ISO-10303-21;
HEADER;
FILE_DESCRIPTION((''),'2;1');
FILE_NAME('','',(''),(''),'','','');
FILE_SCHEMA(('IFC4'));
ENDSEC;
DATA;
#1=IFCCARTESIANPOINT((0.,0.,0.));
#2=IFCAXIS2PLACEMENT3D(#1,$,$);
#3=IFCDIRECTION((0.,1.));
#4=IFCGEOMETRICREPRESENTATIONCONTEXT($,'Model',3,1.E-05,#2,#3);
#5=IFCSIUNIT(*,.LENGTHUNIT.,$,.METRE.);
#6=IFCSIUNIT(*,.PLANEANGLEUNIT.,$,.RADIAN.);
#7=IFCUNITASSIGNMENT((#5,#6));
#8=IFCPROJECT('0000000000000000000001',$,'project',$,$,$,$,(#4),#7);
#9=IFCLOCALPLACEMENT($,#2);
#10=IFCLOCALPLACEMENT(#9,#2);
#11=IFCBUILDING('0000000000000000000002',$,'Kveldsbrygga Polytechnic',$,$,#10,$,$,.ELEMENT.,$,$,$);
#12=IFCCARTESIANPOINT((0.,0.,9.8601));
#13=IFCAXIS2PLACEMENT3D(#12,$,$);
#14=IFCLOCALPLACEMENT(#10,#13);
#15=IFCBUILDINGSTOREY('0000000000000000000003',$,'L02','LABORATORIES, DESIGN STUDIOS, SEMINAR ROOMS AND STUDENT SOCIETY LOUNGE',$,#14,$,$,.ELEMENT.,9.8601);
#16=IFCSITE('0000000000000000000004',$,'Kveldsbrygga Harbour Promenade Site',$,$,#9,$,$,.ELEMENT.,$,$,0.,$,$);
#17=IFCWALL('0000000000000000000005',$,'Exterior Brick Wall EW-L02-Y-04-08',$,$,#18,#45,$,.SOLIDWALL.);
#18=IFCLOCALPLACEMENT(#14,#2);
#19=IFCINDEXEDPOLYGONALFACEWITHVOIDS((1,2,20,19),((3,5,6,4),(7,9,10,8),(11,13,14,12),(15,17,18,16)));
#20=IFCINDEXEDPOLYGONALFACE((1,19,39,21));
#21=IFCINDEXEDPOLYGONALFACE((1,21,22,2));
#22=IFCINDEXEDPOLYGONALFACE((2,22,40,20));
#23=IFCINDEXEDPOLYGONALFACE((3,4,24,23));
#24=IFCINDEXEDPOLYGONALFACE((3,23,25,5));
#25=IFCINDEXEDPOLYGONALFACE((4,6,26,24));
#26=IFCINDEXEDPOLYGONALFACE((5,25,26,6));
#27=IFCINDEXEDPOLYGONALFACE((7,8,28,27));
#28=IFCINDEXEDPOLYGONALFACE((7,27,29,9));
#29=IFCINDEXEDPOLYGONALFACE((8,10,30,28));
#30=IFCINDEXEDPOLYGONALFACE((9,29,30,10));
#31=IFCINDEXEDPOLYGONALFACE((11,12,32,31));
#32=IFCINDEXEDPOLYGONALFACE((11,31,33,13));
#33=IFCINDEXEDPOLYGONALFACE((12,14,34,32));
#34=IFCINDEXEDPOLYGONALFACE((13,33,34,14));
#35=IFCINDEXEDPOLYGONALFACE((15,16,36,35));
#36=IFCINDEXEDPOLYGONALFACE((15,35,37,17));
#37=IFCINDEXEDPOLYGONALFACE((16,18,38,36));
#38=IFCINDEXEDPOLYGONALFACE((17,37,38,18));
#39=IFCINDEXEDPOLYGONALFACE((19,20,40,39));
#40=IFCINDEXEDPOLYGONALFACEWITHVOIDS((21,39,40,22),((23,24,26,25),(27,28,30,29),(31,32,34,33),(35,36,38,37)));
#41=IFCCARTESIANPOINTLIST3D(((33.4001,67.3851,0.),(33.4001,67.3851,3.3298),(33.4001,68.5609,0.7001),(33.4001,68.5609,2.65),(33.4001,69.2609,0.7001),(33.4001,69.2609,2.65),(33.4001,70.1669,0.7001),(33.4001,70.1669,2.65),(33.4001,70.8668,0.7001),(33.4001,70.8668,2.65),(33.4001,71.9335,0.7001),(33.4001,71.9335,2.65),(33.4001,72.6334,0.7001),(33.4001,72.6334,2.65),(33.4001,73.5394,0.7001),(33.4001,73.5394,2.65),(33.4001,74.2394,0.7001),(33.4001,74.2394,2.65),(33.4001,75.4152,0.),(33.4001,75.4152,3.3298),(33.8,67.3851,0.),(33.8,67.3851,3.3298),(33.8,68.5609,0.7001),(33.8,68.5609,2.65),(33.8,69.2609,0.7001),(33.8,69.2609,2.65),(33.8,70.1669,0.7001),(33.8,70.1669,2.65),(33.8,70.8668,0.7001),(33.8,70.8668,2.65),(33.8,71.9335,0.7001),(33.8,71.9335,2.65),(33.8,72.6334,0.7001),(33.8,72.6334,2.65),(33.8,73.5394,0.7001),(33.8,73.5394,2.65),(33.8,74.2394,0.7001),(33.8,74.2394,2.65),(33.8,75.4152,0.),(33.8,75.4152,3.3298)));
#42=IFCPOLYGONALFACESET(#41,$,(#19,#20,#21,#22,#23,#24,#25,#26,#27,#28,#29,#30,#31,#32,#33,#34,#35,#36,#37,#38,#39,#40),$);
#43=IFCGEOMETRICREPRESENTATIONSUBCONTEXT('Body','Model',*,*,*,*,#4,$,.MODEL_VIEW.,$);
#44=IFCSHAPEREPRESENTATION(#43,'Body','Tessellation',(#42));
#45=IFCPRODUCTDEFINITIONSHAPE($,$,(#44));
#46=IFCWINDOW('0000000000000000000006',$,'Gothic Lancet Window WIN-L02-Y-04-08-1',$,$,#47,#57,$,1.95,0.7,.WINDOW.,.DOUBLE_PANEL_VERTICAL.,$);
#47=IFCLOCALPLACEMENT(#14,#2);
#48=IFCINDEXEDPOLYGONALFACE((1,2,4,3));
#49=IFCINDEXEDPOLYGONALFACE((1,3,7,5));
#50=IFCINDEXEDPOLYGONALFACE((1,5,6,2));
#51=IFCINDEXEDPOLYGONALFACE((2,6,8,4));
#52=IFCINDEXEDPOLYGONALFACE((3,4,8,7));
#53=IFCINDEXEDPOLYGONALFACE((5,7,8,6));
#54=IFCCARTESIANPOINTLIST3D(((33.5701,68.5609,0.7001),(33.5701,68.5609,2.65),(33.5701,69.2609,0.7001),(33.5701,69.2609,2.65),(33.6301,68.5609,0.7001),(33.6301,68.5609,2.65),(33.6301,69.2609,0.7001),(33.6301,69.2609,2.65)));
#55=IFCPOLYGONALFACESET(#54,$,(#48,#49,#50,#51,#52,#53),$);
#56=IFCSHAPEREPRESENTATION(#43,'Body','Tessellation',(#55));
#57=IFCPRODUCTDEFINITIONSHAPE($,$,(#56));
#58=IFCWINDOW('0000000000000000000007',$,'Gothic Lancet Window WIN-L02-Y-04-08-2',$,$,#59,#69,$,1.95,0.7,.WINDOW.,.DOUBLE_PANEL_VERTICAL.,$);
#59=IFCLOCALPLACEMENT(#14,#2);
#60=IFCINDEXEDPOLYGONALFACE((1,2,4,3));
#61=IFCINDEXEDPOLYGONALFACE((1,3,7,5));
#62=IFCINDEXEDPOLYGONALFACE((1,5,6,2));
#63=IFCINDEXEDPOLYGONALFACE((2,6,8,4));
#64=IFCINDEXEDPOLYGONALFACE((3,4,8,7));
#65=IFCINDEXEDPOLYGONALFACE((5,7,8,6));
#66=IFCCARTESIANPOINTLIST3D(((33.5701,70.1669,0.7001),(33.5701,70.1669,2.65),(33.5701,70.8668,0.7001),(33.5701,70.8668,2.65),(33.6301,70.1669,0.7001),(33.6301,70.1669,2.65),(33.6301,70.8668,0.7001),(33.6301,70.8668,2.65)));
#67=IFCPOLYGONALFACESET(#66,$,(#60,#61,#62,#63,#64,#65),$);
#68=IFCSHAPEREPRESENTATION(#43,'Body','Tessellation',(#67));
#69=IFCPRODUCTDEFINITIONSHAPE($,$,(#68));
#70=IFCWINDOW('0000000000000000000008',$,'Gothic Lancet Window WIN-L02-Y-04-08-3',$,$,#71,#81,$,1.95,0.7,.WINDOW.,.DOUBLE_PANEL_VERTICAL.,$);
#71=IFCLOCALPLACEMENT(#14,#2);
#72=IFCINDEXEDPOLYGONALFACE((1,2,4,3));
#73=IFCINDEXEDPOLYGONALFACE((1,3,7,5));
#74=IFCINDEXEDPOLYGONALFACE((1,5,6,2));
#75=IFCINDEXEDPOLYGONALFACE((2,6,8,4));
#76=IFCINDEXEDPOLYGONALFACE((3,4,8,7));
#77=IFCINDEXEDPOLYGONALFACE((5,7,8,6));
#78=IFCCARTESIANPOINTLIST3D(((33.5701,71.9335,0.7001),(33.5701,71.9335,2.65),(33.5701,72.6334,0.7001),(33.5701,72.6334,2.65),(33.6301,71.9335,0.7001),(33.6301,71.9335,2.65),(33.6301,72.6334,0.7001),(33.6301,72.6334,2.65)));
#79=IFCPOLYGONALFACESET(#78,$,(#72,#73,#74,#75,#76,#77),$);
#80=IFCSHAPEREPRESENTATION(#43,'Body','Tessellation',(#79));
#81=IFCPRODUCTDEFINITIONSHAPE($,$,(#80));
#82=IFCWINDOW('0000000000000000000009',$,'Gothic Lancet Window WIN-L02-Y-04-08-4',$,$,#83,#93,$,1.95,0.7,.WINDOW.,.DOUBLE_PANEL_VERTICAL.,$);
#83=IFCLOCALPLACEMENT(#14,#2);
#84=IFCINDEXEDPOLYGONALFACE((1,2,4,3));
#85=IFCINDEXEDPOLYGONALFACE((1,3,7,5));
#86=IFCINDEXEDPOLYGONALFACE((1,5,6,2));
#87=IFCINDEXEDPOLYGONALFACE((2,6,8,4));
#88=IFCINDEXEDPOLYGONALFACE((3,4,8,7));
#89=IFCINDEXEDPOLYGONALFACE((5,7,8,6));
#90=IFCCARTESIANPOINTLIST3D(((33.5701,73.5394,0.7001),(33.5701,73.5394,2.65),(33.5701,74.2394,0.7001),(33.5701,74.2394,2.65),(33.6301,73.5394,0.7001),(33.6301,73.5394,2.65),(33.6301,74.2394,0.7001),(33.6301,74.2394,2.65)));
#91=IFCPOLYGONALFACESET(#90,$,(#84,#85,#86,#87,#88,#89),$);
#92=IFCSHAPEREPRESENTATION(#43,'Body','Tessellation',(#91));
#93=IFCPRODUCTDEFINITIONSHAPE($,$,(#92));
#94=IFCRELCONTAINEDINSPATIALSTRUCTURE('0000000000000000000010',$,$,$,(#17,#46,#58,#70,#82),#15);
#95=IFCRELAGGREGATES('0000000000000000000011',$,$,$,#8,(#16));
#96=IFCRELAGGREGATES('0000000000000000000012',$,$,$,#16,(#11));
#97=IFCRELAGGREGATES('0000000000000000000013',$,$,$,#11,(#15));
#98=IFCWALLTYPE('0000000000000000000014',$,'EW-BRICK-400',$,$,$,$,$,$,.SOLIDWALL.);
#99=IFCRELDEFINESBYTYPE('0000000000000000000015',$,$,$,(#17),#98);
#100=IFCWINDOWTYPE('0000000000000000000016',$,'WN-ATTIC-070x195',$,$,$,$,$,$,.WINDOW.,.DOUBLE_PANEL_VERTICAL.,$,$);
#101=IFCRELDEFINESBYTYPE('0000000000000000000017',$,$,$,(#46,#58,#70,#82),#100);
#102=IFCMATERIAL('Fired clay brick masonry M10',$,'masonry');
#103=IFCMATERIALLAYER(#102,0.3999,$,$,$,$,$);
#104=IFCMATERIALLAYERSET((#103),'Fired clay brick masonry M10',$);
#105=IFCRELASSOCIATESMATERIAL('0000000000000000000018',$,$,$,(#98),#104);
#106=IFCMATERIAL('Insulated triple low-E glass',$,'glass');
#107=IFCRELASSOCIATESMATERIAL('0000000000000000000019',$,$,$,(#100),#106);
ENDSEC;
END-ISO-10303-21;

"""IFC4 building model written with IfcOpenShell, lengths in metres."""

from ifc_helpers import new_model, si_unit, direction, frame, frame_2d, origin, place, context, subcontext, project, spatial, rectangle, extrude, material, layer, layer_set, type_object, element, fill, save


model = new_model("IFC4")

# Units and contexts
model_context = context("Model", 3, precision=1e-05, world=origin(), true_north=direction((0.0, 1.0)))
body_context = subcontext(model_context, "Body", "Model", "MODEL_VIEW")
ifc_project = project(units=[si_unit("LENGTHUNIT", "METRE"), si_unit("PLANEANGLEUNIT", "RADIAN")], contexts=[model_context])

# Site, building, storey
site_placement = place(None, origin())
site = spatial("IfcSite", under=ifc_project, at=site_placement, Name="Kveldsbrygga Harbour Promenade Site", CompositionType="ELEMENT", RefElevation=0.0)
building_placement = place(site_placement, origin())
building = spatial("IfcBuilding", under=site, at=building_placement, Name="Kveldsbrygga Polytechnic", CompositionType="ELEMENT")
storey_placement = place(building_placement, frame((0.0, 0.0, 9.8601)))
storey = spatial("IfcBuildingStorey", under=building, at=storey_placement, Name="L02", Description="LABORATORIES, DESIGN STUDIOS, SEMINAR ROOMS AND STUDENT SOCIETY LOUNGE", CompositionType="ELEMENT", Elevation=9.8601)

# Shared definitions
ifc_material_1 = material(Name="Fired clay brick masonry M10", Category="masonry")

# Wall, openings, windows
ifc_layer_1 = layer(ifc_material_1, 0.3999)
ifc_layer_set_1 = layer_set([ifc_layer_1], Name="Fired clay brick masonry M10")
wall_type_1 = type_object("IfcWallType", Name="EW-BRICK-400", PredefinedType="SOLIDWALL", material=ifc_layer_set_1)
wall_1_placement = place(storey_placement, frame((33.6001, 67.385, 0.0), z_axis=(0.0, 0.0, 1.0), x_axis=(0.0, 1.0, 0.0)))
wall_1 = element("IfcWall", 1, at=wall_1_placement, inside=storey, type_object=wall_type_1, Name="Exterior Brick Wall EW-L02-Y-04-08", PredefinedType="SOLIDWALL", context=body_context, shape_type="SweptSolid", body=[
    extrude(rectangle(XDim=8.03, YDim=0.3999, at=frame_2d((4.0151, 0.0))), origin(), (0.0, 0.0, 1.0), 3.3298),
])
opening_1_placement = place(wall_1_placement, frame((1.1758, 0.0, 0.7)))
opening_1 = element("IfcOpeningElement", 2, at=opening_1_placement, cuts=wall_1, PredefinedType="OPENING", context=body_context, shape_type="SweptSolid", body=[
    extrude(rectangle(XDim=0.7, YDim=1.95, at=frame_2d((0.3501, 0.9751))), frame((0.0, 0.21, 0.0), z_axis=(0.0, -1.0, 0.0), x_axis=(1.0, 0.0, 0.0)), (0.0, 0.0, 1.0), 0.4199),
])
opening_2_placement = place(wall_1_placement, frame((2.7817, 0.0, 0.7)))
opening_2 = element("IfcOpeningElement", 3, at=opening_2_placement, cuts=wall_1, PredefinedType="OPENING", context=body_context, shape_type="SweptSolid", body=[
    extrude(rectangle(XDim=0.7, YDim=1.95, at=frame_2d((0.3501, 0.9751))), frame((0.0, 0.21, 0.0), z_axis=(0.0, -1.0, 0.0), x_axis=(1.0, 0.0, 0.0)), (0.0, 0.0, 1.0), 0.4199),
])
opening_3_placement = place(wall_1_placement, frame((4.5483, 0.0, 0.7)))
opening_3 = element("IfcOpeningElement", 4, at=opening_3_placement, cuts=wall_1, PredefinedType="OPENING", context=body_context, shape_type="SweptSolid", body=[
    extrude(rectangle(XDim=0.7, YDim=1.95, at=frame_2d((0.3501, 0.9751))), frame((0.0, 0.21, 0.0), z_axis=(0.0, -1.0, 0.0), x_axis=(1.0, 0.0, 0.0)), (0.0, 0.0, 1.0), 0.4199),
])
opening_4_placement = place(wall_1_placement, frame((6.1543, 0.0, 0.7)))
opening_4 = element("IfcOpeningElement", 5, at=opening_4_placement, cuts=wall_1, PredefinedType="OPENING", context=body_context, shape_type="SweptSolid", body=[
    extrude(rectangle(XDim=0.7, YDim=1.95, at=frame_2d((0.3501, 0.9751))), frame((0.0, 0.21, 0.0), z_axis=(0.0, -1.0, 0.0), x_axis=(1.0, 0.0, 0.0)), (0.0, 0.0, 1.0), 0.4199),
])
ifc_material_2 = material(Name="Insulated triple low-E glass", Category="glass")
window_type = type_object("IfcWindowType", Name="WN-ATTIC-070x195", PartitioningType="DOUBLE_PANEL_VERTICAL", PredefinedType="WINDOW", material=ifc_material_2)
window_1_placement = place(opening_1_placement, origin())
window_1 = element("IfcWindow", 6, at=window_1_placement, inside=storey, type_object=window_type, Name="Gothic Lancet Window WIN-L02-Y-04-08-1", OverallHeight=1.95, OverallWidth=0.7, PartitioningType="DOUBLE_PANEL_VERTICAL", PredefinedType="WINDOW", context=body_context, shape_type="SweptSolid", body=[
    extrude(rectangle(XDim=0.7, YDim=1.95, at=frame_2d((0.3501, 0.9751))), frame((0.0, 0.03, 0.0), z_axis=(0.0, -1.0, 0.0), x_axis=(1.0, 0.0, 0.0)), (0.0, 0.0, 1.0), 0.0601),
])
fill(opening_1, window_1)
window_2_placement = place(opening_2_placement, origin())
window_2 = element("IfcWindow", 7, at=window_2_placement, inside=storey, type_object=window_type, Name="Gothic Lancet Window WIN-L02-Y-04-08-2", OverallHeight=1.95, OverallWidth=0.7, PartitioningType="DOUBLE_PANEL_VERTICAL", PredefinedType="WINDOW", context=body_context, shape_type="SweptSolid", body=[
    extrude(rectangle(XDim=0.7, YDim=1.95, at=frame_2d((0.3501, 0.9751))), frame((0.0, 0.03, 0.0), z_axis=(0.0, -1.0, 0.0), x_axis=(1.0, 0.0, 0.0)), (0.0, 0.0, 1.0), 0.0601),
])
fill(opening_2, window_2)
window_3_placement = place(opening_3_placement, origin())
window_3 = element("IfcWindow", 8, at=window_3_placement, inside=storey, type_object=window_type, Name="Gothic Lancet Window WIN-L02-Y-04-08-3", OverallHeight=1.95, OverallWidth=0.7, PartitioningType="DOUBLE_PANEL_VERTICAL", PredefinedType="WINDOW", context=body_context, shape_type="SweptSolid", body=[
    extrude(rectangle(XDim=0.7, YDim=1.95, at=frame_2d((0.3501, 0.9751))), frame((0.0, 0.03, 0.0), z_axis=(0.0, -1.0, 0.0), x_axis=(1.0, 0.0, 0.0)), (0.0, 0.0, 1.0), 0.0601),
])
fill(opening_3, window_3)
window_4_placement = place(opening_4_placement, origin())
window_4 = element("IfcWindow", 9, at=window_4_placement, inside=storey, type_object=window_type, Name="Gothic Lancet Window WIN-L02-Y-04-08-4", OverallHeight=1.95, OverallWidth=0.7, PartitioningType="DOUBLE_PANEL_VERTICAL", PredefinedType="WINDOW", context=body_context, shape_type="SweptSolid", body=[
    extrude(rectangle(XDim=0.7, YDim=1.95, at=frame_2d((0.3501, 0.9751))), frame((0.0, 0.03, 0.0), z_axis=(0.0, -1.0, 0.0), x_axis=(1.0, 0.0, 0.0)), (0.0, 0.0, 1.0), 0.0601),
])
fill(opening_4, window_4)

save(model, "model.ifc")
